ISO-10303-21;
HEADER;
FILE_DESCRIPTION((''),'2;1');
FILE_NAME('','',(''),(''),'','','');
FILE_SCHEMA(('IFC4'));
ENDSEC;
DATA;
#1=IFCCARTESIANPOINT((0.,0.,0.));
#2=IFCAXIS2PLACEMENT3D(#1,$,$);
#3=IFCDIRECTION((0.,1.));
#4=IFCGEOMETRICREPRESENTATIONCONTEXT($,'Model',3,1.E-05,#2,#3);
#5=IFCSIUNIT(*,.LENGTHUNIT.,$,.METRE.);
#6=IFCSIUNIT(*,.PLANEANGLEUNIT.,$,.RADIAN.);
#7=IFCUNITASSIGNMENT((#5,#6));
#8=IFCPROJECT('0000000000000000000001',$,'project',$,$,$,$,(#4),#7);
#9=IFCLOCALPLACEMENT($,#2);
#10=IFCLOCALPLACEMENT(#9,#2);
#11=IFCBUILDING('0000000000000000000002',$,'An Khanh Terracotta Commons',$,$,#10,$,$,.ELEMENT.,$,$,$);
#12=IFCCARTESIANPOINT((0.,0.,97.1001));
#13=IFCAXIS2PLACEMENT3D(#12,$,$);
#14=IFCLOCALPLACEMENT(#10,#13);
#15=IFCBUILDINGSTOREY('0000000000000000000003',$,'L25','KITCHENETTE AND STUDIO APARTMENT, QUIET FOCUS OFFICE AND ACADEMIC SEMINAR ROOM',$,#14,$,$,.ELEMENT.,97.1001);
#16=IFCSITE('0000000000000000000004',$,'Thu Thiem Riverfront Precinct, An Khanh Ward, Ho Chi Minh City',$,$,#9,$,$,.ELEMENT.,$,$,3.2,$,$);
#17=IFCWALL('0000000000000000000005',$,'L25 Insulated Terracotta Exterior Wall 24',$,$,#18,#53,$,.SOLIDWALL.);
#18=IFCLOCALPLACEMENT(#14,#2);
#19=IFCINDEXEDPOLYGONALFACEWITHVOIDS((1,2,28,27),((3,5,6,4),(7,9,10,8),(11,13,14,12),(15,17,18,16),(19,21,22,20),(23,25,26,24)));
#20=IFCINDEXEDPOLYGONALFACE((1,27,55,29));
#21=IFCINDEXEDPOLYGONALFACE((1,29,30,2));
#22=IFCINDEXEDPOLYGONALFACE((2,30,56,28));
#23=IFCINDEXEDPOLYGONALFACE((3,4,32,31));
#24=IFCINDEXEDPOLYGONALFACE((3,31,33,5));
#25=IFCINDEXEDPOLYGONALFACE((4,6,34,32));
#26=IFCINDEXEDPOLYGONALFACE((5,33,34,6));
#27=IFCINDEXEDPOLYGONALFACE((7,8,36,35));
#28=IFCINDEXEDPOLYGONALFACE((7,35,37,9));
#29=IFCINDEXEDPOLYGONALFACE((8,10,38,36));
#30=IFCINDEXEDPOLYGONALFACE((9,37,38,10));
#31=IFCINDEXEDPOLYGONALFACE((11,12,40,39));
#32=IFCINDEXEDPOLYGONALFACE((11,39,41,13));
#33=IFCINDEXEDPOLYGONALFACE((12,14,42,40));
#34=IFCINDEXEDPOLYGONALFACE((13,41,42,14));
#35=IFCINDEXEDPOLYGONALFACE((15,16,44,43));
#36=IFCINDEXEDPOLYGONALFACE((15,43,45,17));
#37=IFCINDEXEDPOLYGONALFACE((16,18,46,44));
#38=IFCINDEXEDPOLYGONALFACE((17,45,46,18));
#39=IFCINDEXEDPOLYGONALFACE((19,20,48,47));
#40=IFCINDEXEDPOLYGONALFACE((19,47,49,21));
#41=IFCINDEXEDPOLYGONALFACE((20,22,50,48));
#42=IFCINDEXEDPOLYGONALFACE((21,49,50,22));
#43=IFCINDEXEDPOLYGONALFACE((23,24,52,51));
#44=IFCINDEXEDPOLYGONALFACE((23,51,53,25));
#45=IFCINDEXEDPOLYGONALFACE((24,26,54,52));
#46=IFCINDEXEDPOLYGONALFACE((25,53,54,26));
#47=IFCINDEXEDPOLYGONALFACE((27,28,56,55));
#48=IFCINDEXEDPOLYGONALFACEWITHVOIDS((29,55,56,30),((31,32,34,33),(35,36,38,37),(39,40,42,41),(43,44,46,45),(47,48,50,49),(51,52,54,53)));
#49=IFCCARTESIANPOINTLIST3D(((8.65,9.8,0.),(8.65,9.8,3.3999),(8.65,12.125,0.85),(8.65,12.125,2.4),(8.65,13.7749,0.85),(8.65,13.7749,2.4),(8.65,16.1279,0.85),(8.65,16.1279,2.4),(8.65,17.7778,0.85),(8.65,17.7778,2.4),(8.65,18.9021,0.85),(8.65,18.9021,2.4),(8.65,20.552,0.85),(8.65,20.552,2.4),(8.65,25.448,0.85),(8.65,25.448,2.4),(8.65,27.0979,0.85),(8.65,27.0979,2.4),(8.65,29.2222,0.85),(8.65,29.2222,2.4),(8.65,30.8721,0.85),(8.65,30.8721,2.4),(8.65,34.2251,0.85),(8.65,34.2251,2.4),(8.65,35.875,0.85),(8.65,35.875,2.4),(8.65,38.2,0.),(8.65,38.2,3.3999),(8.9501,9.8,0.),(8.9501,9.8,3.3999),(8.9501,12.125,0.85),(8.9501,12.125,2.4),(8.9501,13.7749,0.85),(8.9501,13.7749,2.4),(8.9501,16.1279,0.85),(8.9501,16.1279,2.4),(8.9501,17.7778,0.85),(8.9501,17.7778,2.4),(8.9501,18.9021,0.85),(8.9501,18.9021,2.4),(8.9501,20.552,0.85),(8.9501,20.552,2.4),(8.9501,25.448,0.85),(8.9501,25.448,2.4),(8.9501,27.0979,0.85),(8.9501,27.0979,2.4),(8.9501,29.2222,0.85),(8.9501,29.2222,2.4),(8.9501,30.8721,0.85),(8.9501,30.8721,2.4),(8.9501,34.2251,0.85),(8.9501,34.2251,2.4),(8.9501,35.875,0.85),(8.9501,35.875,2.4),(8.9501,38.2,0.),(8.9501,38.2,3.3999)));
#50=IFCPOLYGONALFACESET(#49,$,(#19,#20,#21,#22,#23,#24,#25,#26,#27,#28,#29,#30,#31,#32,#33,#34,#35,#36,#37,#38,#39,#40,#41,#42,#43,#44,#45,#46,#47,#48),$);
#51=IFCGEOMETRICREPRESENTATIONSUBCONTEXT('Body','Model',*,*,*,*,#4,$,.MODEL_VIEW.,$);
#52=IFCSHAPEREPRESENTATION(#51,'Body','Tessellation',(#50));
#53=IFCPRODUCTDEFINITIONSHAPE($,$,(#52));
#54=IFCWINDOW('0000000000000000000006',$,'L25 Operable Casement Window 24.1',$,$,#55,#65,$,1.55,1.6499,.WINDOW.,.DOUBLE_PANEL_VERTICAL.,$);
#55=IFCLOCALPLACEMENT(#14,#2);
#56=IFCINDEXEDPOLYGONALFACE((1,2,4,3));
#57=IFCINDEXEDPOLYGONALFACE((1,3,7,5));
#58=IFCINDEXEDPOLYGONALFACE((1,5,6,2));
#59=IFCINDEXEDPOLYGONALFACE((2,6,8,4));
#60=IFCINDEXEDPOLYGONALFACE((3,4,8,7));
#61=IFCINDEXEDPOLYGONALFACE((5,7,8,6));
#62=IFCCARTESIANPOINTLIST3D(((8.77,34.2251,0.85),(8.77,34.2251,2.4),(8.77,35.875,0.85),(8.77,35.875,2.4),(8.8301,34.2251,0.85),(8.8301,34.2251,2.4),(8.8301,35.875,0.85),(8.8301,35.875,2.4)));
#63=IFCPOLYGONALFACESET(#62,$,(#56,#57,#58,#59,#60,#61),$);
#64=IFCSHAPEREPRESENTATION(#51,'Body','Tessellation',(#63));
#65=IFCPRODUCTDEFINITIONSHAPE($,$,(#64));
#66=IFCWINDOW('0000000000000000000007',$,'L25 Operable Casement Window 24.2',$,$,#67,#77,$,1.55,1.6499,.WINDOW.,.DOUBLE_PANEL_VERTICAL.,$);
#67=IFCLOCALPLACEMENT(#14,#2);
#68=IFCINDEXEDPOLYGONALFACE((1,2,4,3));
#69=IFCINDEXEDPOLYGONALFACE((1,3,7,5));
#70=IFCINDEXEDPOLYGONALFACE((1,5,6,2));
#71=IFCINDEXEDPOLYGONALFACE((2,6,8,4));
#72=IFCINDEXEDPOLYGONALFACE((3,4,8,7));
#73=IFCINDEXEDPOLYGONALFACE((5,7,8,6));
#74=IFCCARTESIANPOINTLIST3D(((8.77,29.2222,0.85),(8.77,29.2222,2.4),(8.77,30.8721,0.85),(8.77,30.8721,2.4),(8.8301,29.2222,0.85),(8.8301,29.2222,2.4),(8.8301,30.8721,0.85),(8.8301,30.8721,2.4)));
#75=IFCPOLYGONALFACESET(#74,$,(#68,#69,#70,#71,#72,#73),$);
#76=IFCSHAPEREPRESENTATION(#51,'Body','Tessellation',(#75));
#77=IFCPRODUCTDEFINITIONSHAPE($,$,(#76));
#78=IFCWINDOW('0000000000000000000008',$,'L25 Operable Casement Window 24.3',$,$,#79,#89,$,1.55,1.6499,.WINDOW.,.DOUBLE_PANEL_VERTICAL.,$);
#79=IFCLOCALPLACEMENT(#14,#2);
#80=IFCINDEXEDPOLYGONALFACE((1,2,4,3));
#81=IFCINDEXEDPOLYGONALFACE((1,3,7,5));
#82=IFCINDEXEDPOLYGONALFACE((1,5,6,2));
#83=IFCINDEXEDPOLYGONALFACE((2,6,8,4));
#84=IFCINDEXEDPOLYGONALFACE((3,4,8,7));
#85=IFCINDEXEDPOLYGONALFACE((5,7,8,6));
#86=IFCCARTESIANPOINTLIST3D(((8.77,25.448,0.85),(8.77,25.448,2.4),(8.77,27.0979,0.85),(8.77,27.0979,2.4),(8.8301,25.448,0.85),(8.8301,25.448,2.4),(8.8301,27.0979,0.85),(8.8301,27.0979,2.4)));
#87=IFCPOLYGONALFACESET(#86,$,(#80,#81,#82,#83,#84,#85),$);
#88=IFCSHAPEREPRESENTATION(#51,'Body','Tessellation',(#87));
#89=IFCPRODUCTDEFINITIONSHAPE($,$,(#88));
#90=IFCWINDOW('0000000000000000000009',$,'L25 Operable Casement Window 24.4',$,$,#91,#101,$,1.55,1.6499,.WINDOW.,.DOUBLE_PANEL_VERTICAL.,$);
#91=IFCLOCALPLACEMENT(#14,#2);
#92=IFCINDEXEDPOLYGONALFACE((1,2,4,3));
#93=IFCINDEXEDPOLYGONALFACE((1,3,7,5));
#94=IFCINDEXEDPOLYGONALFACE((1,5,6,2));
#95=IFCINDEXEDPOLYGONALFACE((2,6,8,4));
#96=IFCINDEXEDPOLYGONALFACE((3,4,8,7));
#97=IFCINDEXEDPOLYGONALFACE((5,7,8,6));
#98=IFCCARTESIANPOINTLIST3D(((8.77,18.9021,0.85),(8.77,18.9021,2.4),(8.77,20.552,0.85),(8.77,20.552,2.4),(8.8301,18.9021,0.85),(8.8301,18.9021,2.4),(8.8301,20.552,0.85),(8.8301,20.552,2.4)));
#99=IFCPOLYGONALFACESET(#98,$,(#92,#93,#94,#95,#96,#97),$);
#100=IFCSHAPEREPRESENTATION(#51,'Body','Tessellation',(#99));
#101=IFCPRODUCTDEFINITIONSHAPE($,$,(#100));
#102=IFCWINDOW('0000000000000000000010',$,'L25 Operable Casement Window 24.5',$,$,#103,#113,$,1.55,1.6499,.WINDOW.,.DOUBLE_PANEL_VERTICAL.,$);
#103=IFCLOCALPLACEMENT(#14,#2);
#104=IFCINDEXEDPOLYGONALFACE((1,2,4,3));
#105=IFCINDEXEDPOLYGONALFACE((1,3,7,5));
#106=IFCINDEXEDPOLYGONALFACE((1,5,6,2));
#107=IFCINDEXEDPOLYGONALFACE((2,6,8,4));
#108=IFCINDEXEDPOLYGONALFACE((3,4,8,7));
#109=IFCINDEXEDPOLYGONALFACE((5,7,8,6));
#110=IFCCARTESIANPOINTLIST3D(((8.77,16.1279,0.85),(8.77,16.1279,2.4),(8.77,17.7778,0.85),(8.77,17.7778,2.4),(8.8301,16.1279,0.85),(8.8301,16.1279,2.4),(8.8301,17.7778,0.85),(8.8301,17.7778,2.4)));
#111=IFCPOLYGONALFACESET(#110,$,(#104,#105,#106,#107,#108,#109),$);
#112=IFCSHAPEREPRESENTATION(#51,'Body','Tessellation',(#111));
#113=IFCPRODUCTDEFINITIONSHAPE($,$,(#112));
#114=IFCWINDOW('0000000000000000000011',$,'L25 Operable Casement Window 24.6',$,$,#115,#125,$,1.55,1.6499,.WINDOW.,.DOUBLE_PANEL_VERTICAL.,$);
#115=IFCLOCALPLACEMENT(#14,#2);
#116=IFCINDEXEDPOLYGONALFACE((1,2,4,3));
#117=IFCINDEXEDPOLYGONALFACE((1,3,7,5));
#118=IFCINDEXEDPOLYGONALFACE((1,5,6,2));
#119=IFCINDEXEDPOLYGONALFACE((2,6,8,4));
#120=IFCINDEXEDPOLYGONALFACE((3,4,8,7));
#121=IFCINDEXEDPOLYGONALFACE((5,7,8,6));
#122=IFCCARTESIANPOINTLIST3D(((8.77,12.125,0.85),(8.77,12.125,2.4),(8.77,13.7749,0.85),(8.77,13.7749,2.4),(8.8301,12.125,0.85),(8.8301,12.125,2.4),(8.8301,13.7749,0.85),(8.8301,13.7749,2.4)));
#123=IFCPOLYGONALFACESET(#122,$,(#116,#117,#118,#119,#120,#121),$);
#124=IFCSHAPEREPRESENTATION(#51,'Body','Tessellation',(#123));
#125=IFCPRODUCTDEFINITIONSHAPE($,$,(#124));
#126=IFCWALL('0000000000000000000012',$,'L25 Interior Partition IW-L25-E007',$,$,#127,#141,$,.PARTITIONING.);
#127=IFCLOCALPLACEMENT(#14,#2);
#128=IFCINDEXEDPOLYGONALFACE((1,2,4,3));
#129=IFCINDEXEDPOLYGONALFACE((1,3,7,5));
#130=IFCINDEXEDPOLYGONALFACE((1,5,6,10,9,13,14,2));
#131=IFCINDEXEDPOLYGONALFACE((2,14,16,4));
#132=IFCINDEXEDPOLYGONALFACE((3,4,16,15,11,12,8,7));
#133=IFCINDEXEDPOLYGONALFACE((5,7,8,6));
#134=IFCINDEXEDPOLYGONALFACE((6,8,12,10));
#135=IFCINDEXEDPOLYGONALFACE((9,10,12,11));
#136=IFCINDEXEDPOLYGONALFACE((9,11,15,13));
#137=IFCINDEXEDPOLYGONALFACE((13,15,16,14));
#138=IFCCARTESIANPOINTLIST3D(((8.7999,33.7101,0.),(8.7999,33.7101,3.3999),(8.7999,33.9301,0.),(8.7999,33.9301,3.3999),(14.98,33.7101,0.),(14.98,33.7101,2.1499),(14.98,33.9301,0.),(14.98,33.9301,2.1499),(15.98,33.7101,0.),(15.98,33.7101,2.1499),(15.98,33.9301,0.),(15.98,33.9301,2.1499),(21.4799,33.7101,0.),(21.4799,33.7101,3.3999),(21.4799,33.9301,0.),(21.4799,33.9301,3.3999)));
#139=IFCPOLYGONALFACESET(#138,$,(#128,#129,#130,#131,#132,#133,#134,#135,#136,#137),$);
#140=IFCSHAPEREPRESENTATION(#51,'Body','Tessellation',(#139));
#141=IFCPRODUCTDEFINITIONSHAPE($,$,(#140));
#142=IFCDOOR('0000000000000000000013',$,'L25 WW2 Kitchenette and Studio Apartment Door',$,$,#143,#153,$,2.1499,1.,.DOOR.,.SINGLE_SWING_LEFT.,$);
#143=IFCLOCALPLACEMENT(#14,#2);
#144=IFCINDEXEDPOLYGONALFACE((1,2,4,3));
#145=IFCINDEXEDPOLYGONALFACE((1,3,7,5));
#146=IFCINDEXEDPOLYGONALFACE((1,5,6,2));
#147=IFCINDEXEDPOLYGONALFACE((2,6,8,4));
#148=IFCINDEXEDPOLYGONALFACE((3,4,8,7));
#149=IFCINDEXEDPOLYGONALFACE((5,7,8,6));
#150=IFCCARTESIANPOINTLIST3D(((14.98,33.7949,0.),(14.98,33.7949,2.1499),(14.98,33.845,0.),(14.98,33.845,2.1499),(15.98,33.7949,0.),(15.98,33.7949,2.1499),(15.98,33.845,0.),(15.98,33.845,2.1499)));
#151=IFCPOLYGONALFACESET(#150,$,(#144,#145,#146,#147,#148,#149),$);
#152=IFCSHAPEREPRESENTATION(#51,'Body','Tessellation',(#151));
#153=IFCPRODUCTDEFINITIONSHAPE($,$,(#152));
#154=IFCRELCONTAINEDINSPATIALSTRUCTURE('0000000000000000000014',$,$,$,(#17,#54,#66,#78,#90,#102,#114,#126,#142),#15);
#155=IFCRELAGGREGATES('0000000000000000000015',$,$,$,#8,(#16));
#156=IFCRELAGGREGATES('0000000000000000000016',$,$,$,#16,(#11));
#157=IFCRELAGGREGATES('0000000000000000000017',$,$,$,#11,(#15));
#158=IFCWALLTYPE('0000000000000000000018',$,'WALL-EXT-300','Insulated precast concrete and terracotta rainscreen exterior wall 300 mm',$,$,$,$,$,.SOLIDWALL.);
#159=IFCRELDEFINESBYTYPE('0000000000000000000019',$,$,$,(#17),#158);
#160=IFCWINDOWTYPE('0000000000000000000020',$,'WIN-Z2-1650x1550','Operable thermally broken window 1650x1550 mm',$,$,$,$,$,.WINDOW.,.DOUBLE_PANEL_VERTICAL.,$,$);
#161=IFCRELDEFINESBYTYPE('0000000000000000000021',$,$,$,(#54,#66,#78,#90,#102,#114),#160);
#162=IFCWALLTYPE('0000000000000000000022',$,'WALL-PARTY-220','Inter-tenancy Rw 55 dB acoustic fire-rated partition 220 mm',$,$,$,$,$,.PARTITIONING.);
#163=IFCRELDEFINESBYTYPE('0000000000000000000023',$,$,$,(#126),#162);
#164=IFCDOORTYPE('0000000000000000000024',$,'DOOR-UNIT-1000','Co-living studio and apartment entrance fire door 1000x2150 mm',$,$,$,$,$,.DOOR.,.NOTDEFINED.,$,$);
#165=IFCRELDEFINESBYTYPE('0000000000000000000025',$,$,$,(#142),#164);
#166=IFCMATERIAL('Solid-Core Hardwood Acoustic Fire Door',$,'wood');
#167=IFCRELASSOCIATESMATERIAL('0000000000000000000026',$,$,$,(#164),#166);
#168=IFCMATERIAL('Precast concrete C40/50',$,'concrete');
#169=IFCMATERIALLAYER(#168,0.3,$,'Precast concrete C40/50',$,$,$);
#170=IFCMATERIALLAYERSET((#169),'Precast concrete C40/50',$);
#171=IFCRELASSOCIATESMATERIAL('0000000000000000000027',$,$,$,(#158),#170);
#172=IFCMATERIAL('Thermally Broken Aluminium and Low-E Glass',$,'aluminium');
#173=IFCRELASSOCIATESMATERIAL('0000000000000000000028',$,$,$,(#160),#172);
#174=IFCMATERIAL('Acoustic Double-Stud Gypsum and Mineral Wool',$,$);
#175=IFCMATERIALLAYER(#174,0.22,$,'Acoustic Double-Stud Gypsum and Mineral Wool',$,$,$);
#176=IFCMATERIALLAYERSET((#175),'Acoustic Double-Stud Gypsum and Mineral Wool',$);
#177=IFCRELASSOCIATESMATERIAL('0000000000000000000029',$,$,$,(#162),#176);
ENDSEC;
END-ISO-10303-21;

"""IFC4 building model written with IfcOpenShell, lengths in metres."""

from ifc_helpers import new_model, si_unit, direction, frame, frame_2d, origin, place, context, subcontext, project, spatial, rectangle, extrude, material, layer, layer_set, type_object, element, fill, save


model = new_model("IFC4")

# Units and contexts
model_context = context("Model", 3, precision=1e-05, world=origin(), true_north=direction((0.0, 1.0)))
body_context = subcontext(model_context, "Body", "Model", "MODEL_VIEW")
ifc_project = project(units=[si_unit("LENGTHUNIT", "METRE"), si_unit("PLANEANGLEUNIT", "RADIAN")], contexts=[model_context])

# Site, building, storey
site_placement = place(None, origin())
site = spatial("IfcSite", under=ifc_project, at=site_placement, Name="Thu Thiem Riverfront Precinct, An Khanh Ward, Ho Chi Minh City", CompositionType="ELEMENT", RefElevation=3.2)
building_placement = place(site_placement, origin())
building = spatial("IfcBuilding", under=site, at=building_placement, Name="An Khanh Terracotta Commons", CompositionType="ELEMENT")
storey_placement = place(building_placement, frame((0.0, 0.0, 97.1001)))
storey = spatial("IfcBuildingStorey", under=building, at=storey_placement, Name="L25", Description="KITCHENETTE AND STUDIO APARTMENT, QUIET FOCUS OFFICE AND ACADEMIC SEMINAR ROOM", CompositionType="ELEMENT", Elevation=97.1001)

# Shared definitions
ifc_material_1 = material(Name="Solid-Core Hardwood Acoustic Fire Door", Category="wood")
door_type_1 = type_object("IfcDoorType", Name="DOOR-UNIT-1000", Description="Co-living studio and apartment entrance fire door 1000x2150 mm", OperationType="NOTDEFINED", PredefinedType="DOOR", material=ifc_material_1)

# Shared definitions
ifc_material_2 = material(Name="Precast concrete C40/50", Category="concrete")
ifc_layer_1 = layer(ifc_material_2, 0.3, Name="Precast concrete C40/50")
ifc_layer_set_1 = layer_set([ifc_layer_1], Name="Precast concrete C40/50")
wall_type_1 = type_object("IfcWallType", Name="WALL-EXT-300", Description="Insulated precast concrete and terracotta rainscreen exterior wall 300 mm", PredefinedType="SOLIDWALL", material=ifc_layer_set_1)

# Wall, openings, windows
wall_1_placement = place(storey_placement, frame((8.8, 38.2, 0.0), z_axis=(0.0, 0.0, 1.0), x_axis=(0.0, -1.0, 0.0)))
wall_1 = element("IfcWall", 1, at=wall_1_placement, inside=storey, type_object=wall_type_1, Name="L25 Insulated Terracotta Exterior Wall 24", PredefinedType="SOLIDWALL", context=body_context, shape_type="SweptSolid", body=[
    extrude(rectangle(XDim=28.3999, YDim=0.3, at=frame_2d((14.2, 0.0))), origin(), (0.0, 0.0, 1.0), 3.3999),
])
opening_1_placement = place(wall_1_placement, frame((2.325, 0.0, 0.8501)))
opening_1 = element("IfcOpeningElement", 2, at=opening_1_placement, cuts=wall_1, PredefinedType="OPENING", context=body_context, shape_type="SweptSolid", body=[
    extrude(rectangle(XDim=1.6499, YDim=1.55, at=frame_2d((0.825, 0.7749))), frame((0.0, 0.1599, 0.0), z_axis=(0.0, -1.0, 0.0), x_axis=(1.0, 0.0, 0.0)), (0.0, 0.0, 1.0), 0.3201),
])
opening_2_placement = place(wall_1_placement, frame((7.3279, 0.0, 0.8501)))
opening_2 = element("IfcOpeningElement", 3, at=opening_2_placement, cuts=wall_1, PredefinedType="OPENING", context=body_context, shape_type="SweptSolid", body=[
    extrude(rectangle(XDim=1.6499, YDim=1.55, at=frame_2d((0.825, 0.7749))), frame((0.0, 0.1599, 0.0), z_axis=(0.0, -1.0, 0.0), x_axis=(1.0, 0.0, 0.0)), (0.0, 0.0, 1.0), 0.3201),
])
opening_3_placement = place(wall_1_placement, frame((11.1021, 0.0, 0.8501)))
opening_3 = element("IfcOpeningElement", 4, at=opening_3_placement, cuts=wall_1, PredefinedType="OPENING", context=body_context, shape_type="SweptSolid", body=[
    extrude(rectangle(XDim=1.6499, YDim=1.55, at=frame_2d((0.825, 0.7749))), frame((0.0, 0.1599, 0.0), z_axis=(0.0, -1.0, 0.0), x_axis=(1.0, 0.0, 0.0)), (0.0, 0.0, 1.0), 0.3201),
])
opening_4_placement = place(wall_1_placement, frame((17.6479, 0.0, 0.8501)))
opening_4 = element("IfcOpeningElement", 5, at=opening_4_placement, cuts=wall_1, PredefinedType="OPENING", context=body_context, shape_type="SweptSolid", body=[
    extrude(rectangle(XDim=1.6499, YDim=1.55, at=frame_2d((0.825, 0.7749))), frame((0.0, 0.1599, 0.0), z_axis=(0.0, -1.0, 0.0), x_axis=(1.0, 0.0, 0.0)), (0.0, 0.0, 1.0), 0.3201),
])
opening_5_placement = place(wall_1_placement, frame((20.4221, 0.0, 0.8501)))
opening_5 = element("IfcOpeningElement", 6, at=opening_5_placement, cuts=wall_1, PredefinedType="OPENING", context=body_context, shape_type="SweptSolid", body=[
    extrude(rectangle(XDim=1.6499, YDim=1.55, at=frame_2d((0.825, 0.7749))), frame((0.0, 0.1599, 0.0), z_axis=(0.0, -1.0, 0.0), x_axis=(1.0, 0.0, 0.0)), (0.0, 0.0, 1.0), 0.3201),
])
opening_6_placement = place(wall_1_placement, frame((24.425, 0.0, 0.8501)))
opening_6 = element("IfcOpeningElement", 7, at=opening_6_placement, cuts=wall_1, PredefinedType="OPENING", context=body_context, shape_type="SweptSolid", body=[
    extrude(rectangle(XDim=1.6499, YDim=1.55, at=frame_2d((0.825, 0.7749))), frame((0.0, 0.1599, 0.0), z_axis=(0.0, -1.0, 0.0), x_axis=(1.0, 0.0, 0.0)), (0.0, 0.0, 1.0), 0.3201),
])
ifc_material_3 = material(Name="Thermally Broken Aluminium and Low-E Glass", Category="aluminium")
window_type = type_object("IfcWindowType", Name="WIN-Z2-1650x1550", Description="Operable thermally broken window 1650x1550 mm", PartitioningType="DOUBLE_PANEL_VERTICAL", PredefinedType="WINDOW", material=ifc_material_3)
window_1_placement = place(opening_1_placement, origin())
window_1 = element("IfcWindow", 8, at=window_1_placement, inside=storey, type_object=window_type, Name="L25 Operable Casement Window 24.1", OverallHeight=1.55, OverallWidth=1.6499, PartitioningType="DOUBLE_PANEL_VERTICAL", PredefinedType="WINDOW", context=body_context, shape_type="SweptSolid", body=[
    extrude(rectangle(XDim=1.6499, YDim=1.55, at=frame_2d((0.825, 0.7749))), frame((0.0, 0.03, 0.0), z_axis=(0.0, -1.0, 0.0), x_axis=(1.0, 0.0, 0.0)), (0.0, 0.0, 1.0), 0.0601),
])
fill(opening_1, window_1)
window_2_placement = place(opening_2_placement, origin())
window_2 = element("IfcWindow", 9, at=window_2_placement, inside=storey, type_object=window_type, Name="L25 Operable Casement Window 24.2", OverallHeight=1.55, OverallWidth=1.6499, PartitioningType="DOUBLE_PANEL_VERTICAL", PredefinedType="WINDOW", context=body_context, shape_type="SweptSolid", body=[
    extrude(rectangle(XDim=1.6499, YDim=1.55, at=frame_2d((0.825, 0.7749))), frame((0.0, 0.03, 0.0), z_axis=(0.0, -1.0, 0.0), x_axis=(1.0, 0.0, 0.0)), (0.0, 0.0, 1.0), 0.0601),
])
fill(opening_2, window_2)
window_3_placement = place(opening_3_placement, origin())
window_3 = element("IfcWindow", 10, at=window_3_placement, inside=storey, type_object=window_type, Name="L25 Operable Casement Window 24.3", OverallHeight=1.55, OverallWidth=1.6499, PartitioningType="DOUBLE_PANEL_VERTICAL", PredefinedType="WINDOW", context=body_context, shape_type="SweptSolid", body=[
    extrude(rectangle(XDim=1.6499, YDim=1.55, at=frame_2d((0.825, 0.7749))), frame((0.0, 0.03, 0.0), z_axis=(0.0, -1.0, 0.0), x_axis=(1.0, 0.0, 0.0)), (0.0, 0.0, 1.0), 0.0601),
])
fill(opening_3, window_3)
window_4_placement = place(opening_4_placement, origin())
window_4 = element("IfcWindow", 11, at=window_4_placement, inside=storey, type_object=window_type, Name="L25 Operable Casement Window 24.4", OverallHeight=1.55, OverallWidth=1.6499, PartitioningType="DOUBLE_PANEL_VERTICAL", PredefinedType="WINDOW", context=body_context, shape_type="SweptSolid", body=[
    extrude(rectangle(XDim=1.6499, YDim=1.55, at=frame_2d((0.825, 0.7749))), frame((0.0, 0.03, 0.0), z_axis=(0.0, -1.0, 0.0), x_axis=(1.0, 0.0, 0.0)), (0.0, 0.0, 1.0), 0.0601),
])
fill(opening_4, window_4)
window_5_placement = place(opening_5_placement, origin())
window_5 = element("IfcWindow", 12, at=window_5_placement, inside=storey, type_object=window_type, Name="L25 Operable Casement Window 24.5", OverallHeight=1.55, OverallWidth=1.6499, PartitioningType="DOUBLE_PANEL_VERTICAL", PredefinedType="WINDOW", context=body_context, shape_type="SweptSolid", body=[
    extrude(rectangle(XDim=1.6499, YDim=1.55, at=frame_2d((0.825, 0.7749))), frame((0.0, 0.03, 0.0), z_axis=(0.0, -1.0, 0.0), x_axis=(1.0, 0.0, 0.0)), (0.0, 0.0, 1.0), 0.0601),
])
fill(opening_5, window_5)
window_6_placement = place(opening_6_placement, origin())
window_6 = element("IfcWindow", 13, at=window_6_placement, inside=storey, type_object=window_type, Name="L25 Operable Casement Window 24.6", OverallHeight=1.55, OverallWidth=1.6499, PartitioningType="DOUBLE_PANEL_VERTICAL", PredefinedType="WINDOW", context=body_context, shape_type="SweptSolid", body=[
    extrude(rectangle(XDim=1.6499, YDim=1.55, at=frame_2d((0.825, 0.7749))), frame((0.0, 0.03, 0.0), z_axis=(0.0, -1.0, 0.0), x_axis=(1.0, 0.0, 0.0)), (0.0, 0.0, 1.0), 0.0601),
])
fill(opening_6, window_6)

# Wall, opening, door
ifc_material_4 = material(Name="Acoustic Double-Stud Gypsum and Mineral Wool")
ifc_layer_2 = layer(ifc_material_4, 0.22, Name="Acoustic Double-Stud Gypsum and Mineral Wool")
ifc_layer_set_2 = layer_set([ifc_layer_2], Name="Acoustic Double-Stud Gypsum and Mineral Wool")
wall_type_2 = type_object("IfcWallType", Name="WALL-PARTY-220", Description="Inter-tenancy Rw 55 dB acoustic fire-rated partition 220 mm", PredefinedType="PARTITIONING", material=ifc_layer_set_2)
wall_2_placement = place(storey_placement, frame((8.8, 33.8201, 0.0), z_axis=(0.0, 0.0, 1.0), x_axis=(1.0, 0.0, 0.0)))
wall_2 = element("IfcWall", 14, at=wall_2_placement, inside=storey, type_object=wall_type_2, Name="L25 Interior Partition IW-L25-E007", PredefinedType="PARTITIONING", context=body_context, shape_type="SweptSolid", body=[
    extrude(rectangle(XDim=12.6799, YDim=0.22, at=frame_2d((6.3398, 0.0))), origin(), (0.0, 0.0, 1.0), 3.3999),
])
opening_7_placement = place(wall_2_placement, frame((6.1799, 0.0, 0.0)))
opening_7 = element("IfcOpeningElement", 15, at=opening_7_placement, cuts=wall_2, PredefinedType="OPENING", context=body_context, shape_type="SweptSolid", body=[
    extrude(rectangle(XDim=1.0, YDim=2.1499, at=frame_2d((0.5, 1.075))), frame((0.0, 0.1199, 0.0), z_axis=(0.0, -1.0, 0.0), x_axis=(1.0, 0.0, 0.0)), (0.0, 0.0, 1.0), 0.24),
])
door_1_placement = place(opening_7_placement, origin())
door_1 = element("IfcDoor", 16, at=door_1_placement, inside=storey, type_object=door_type_1, Name="L25 WW2 Kitchenette and Studio Apartment Door", OperationType="SINGLE_SWING_LEFT", OverallHeight=2.1499, OverallWidth=1.0, PredefinedType="DOOR", context=body_context, shape_type="SweptSolid", body=[
    extrude(rectangle(XDim=1.0, YDim=2.1499, at=frame_2d((0.5, 1.075))), frame((0.0, 0.0249, 0.0), z_axis=(0.0, -1.0, 0.0), x_axis=(1.0, 0.0, 0.0)), (0.0, 0.0, 1.0), 0.05),
])
fill(opening_7, door_1)

save(model, "model.ifc")
